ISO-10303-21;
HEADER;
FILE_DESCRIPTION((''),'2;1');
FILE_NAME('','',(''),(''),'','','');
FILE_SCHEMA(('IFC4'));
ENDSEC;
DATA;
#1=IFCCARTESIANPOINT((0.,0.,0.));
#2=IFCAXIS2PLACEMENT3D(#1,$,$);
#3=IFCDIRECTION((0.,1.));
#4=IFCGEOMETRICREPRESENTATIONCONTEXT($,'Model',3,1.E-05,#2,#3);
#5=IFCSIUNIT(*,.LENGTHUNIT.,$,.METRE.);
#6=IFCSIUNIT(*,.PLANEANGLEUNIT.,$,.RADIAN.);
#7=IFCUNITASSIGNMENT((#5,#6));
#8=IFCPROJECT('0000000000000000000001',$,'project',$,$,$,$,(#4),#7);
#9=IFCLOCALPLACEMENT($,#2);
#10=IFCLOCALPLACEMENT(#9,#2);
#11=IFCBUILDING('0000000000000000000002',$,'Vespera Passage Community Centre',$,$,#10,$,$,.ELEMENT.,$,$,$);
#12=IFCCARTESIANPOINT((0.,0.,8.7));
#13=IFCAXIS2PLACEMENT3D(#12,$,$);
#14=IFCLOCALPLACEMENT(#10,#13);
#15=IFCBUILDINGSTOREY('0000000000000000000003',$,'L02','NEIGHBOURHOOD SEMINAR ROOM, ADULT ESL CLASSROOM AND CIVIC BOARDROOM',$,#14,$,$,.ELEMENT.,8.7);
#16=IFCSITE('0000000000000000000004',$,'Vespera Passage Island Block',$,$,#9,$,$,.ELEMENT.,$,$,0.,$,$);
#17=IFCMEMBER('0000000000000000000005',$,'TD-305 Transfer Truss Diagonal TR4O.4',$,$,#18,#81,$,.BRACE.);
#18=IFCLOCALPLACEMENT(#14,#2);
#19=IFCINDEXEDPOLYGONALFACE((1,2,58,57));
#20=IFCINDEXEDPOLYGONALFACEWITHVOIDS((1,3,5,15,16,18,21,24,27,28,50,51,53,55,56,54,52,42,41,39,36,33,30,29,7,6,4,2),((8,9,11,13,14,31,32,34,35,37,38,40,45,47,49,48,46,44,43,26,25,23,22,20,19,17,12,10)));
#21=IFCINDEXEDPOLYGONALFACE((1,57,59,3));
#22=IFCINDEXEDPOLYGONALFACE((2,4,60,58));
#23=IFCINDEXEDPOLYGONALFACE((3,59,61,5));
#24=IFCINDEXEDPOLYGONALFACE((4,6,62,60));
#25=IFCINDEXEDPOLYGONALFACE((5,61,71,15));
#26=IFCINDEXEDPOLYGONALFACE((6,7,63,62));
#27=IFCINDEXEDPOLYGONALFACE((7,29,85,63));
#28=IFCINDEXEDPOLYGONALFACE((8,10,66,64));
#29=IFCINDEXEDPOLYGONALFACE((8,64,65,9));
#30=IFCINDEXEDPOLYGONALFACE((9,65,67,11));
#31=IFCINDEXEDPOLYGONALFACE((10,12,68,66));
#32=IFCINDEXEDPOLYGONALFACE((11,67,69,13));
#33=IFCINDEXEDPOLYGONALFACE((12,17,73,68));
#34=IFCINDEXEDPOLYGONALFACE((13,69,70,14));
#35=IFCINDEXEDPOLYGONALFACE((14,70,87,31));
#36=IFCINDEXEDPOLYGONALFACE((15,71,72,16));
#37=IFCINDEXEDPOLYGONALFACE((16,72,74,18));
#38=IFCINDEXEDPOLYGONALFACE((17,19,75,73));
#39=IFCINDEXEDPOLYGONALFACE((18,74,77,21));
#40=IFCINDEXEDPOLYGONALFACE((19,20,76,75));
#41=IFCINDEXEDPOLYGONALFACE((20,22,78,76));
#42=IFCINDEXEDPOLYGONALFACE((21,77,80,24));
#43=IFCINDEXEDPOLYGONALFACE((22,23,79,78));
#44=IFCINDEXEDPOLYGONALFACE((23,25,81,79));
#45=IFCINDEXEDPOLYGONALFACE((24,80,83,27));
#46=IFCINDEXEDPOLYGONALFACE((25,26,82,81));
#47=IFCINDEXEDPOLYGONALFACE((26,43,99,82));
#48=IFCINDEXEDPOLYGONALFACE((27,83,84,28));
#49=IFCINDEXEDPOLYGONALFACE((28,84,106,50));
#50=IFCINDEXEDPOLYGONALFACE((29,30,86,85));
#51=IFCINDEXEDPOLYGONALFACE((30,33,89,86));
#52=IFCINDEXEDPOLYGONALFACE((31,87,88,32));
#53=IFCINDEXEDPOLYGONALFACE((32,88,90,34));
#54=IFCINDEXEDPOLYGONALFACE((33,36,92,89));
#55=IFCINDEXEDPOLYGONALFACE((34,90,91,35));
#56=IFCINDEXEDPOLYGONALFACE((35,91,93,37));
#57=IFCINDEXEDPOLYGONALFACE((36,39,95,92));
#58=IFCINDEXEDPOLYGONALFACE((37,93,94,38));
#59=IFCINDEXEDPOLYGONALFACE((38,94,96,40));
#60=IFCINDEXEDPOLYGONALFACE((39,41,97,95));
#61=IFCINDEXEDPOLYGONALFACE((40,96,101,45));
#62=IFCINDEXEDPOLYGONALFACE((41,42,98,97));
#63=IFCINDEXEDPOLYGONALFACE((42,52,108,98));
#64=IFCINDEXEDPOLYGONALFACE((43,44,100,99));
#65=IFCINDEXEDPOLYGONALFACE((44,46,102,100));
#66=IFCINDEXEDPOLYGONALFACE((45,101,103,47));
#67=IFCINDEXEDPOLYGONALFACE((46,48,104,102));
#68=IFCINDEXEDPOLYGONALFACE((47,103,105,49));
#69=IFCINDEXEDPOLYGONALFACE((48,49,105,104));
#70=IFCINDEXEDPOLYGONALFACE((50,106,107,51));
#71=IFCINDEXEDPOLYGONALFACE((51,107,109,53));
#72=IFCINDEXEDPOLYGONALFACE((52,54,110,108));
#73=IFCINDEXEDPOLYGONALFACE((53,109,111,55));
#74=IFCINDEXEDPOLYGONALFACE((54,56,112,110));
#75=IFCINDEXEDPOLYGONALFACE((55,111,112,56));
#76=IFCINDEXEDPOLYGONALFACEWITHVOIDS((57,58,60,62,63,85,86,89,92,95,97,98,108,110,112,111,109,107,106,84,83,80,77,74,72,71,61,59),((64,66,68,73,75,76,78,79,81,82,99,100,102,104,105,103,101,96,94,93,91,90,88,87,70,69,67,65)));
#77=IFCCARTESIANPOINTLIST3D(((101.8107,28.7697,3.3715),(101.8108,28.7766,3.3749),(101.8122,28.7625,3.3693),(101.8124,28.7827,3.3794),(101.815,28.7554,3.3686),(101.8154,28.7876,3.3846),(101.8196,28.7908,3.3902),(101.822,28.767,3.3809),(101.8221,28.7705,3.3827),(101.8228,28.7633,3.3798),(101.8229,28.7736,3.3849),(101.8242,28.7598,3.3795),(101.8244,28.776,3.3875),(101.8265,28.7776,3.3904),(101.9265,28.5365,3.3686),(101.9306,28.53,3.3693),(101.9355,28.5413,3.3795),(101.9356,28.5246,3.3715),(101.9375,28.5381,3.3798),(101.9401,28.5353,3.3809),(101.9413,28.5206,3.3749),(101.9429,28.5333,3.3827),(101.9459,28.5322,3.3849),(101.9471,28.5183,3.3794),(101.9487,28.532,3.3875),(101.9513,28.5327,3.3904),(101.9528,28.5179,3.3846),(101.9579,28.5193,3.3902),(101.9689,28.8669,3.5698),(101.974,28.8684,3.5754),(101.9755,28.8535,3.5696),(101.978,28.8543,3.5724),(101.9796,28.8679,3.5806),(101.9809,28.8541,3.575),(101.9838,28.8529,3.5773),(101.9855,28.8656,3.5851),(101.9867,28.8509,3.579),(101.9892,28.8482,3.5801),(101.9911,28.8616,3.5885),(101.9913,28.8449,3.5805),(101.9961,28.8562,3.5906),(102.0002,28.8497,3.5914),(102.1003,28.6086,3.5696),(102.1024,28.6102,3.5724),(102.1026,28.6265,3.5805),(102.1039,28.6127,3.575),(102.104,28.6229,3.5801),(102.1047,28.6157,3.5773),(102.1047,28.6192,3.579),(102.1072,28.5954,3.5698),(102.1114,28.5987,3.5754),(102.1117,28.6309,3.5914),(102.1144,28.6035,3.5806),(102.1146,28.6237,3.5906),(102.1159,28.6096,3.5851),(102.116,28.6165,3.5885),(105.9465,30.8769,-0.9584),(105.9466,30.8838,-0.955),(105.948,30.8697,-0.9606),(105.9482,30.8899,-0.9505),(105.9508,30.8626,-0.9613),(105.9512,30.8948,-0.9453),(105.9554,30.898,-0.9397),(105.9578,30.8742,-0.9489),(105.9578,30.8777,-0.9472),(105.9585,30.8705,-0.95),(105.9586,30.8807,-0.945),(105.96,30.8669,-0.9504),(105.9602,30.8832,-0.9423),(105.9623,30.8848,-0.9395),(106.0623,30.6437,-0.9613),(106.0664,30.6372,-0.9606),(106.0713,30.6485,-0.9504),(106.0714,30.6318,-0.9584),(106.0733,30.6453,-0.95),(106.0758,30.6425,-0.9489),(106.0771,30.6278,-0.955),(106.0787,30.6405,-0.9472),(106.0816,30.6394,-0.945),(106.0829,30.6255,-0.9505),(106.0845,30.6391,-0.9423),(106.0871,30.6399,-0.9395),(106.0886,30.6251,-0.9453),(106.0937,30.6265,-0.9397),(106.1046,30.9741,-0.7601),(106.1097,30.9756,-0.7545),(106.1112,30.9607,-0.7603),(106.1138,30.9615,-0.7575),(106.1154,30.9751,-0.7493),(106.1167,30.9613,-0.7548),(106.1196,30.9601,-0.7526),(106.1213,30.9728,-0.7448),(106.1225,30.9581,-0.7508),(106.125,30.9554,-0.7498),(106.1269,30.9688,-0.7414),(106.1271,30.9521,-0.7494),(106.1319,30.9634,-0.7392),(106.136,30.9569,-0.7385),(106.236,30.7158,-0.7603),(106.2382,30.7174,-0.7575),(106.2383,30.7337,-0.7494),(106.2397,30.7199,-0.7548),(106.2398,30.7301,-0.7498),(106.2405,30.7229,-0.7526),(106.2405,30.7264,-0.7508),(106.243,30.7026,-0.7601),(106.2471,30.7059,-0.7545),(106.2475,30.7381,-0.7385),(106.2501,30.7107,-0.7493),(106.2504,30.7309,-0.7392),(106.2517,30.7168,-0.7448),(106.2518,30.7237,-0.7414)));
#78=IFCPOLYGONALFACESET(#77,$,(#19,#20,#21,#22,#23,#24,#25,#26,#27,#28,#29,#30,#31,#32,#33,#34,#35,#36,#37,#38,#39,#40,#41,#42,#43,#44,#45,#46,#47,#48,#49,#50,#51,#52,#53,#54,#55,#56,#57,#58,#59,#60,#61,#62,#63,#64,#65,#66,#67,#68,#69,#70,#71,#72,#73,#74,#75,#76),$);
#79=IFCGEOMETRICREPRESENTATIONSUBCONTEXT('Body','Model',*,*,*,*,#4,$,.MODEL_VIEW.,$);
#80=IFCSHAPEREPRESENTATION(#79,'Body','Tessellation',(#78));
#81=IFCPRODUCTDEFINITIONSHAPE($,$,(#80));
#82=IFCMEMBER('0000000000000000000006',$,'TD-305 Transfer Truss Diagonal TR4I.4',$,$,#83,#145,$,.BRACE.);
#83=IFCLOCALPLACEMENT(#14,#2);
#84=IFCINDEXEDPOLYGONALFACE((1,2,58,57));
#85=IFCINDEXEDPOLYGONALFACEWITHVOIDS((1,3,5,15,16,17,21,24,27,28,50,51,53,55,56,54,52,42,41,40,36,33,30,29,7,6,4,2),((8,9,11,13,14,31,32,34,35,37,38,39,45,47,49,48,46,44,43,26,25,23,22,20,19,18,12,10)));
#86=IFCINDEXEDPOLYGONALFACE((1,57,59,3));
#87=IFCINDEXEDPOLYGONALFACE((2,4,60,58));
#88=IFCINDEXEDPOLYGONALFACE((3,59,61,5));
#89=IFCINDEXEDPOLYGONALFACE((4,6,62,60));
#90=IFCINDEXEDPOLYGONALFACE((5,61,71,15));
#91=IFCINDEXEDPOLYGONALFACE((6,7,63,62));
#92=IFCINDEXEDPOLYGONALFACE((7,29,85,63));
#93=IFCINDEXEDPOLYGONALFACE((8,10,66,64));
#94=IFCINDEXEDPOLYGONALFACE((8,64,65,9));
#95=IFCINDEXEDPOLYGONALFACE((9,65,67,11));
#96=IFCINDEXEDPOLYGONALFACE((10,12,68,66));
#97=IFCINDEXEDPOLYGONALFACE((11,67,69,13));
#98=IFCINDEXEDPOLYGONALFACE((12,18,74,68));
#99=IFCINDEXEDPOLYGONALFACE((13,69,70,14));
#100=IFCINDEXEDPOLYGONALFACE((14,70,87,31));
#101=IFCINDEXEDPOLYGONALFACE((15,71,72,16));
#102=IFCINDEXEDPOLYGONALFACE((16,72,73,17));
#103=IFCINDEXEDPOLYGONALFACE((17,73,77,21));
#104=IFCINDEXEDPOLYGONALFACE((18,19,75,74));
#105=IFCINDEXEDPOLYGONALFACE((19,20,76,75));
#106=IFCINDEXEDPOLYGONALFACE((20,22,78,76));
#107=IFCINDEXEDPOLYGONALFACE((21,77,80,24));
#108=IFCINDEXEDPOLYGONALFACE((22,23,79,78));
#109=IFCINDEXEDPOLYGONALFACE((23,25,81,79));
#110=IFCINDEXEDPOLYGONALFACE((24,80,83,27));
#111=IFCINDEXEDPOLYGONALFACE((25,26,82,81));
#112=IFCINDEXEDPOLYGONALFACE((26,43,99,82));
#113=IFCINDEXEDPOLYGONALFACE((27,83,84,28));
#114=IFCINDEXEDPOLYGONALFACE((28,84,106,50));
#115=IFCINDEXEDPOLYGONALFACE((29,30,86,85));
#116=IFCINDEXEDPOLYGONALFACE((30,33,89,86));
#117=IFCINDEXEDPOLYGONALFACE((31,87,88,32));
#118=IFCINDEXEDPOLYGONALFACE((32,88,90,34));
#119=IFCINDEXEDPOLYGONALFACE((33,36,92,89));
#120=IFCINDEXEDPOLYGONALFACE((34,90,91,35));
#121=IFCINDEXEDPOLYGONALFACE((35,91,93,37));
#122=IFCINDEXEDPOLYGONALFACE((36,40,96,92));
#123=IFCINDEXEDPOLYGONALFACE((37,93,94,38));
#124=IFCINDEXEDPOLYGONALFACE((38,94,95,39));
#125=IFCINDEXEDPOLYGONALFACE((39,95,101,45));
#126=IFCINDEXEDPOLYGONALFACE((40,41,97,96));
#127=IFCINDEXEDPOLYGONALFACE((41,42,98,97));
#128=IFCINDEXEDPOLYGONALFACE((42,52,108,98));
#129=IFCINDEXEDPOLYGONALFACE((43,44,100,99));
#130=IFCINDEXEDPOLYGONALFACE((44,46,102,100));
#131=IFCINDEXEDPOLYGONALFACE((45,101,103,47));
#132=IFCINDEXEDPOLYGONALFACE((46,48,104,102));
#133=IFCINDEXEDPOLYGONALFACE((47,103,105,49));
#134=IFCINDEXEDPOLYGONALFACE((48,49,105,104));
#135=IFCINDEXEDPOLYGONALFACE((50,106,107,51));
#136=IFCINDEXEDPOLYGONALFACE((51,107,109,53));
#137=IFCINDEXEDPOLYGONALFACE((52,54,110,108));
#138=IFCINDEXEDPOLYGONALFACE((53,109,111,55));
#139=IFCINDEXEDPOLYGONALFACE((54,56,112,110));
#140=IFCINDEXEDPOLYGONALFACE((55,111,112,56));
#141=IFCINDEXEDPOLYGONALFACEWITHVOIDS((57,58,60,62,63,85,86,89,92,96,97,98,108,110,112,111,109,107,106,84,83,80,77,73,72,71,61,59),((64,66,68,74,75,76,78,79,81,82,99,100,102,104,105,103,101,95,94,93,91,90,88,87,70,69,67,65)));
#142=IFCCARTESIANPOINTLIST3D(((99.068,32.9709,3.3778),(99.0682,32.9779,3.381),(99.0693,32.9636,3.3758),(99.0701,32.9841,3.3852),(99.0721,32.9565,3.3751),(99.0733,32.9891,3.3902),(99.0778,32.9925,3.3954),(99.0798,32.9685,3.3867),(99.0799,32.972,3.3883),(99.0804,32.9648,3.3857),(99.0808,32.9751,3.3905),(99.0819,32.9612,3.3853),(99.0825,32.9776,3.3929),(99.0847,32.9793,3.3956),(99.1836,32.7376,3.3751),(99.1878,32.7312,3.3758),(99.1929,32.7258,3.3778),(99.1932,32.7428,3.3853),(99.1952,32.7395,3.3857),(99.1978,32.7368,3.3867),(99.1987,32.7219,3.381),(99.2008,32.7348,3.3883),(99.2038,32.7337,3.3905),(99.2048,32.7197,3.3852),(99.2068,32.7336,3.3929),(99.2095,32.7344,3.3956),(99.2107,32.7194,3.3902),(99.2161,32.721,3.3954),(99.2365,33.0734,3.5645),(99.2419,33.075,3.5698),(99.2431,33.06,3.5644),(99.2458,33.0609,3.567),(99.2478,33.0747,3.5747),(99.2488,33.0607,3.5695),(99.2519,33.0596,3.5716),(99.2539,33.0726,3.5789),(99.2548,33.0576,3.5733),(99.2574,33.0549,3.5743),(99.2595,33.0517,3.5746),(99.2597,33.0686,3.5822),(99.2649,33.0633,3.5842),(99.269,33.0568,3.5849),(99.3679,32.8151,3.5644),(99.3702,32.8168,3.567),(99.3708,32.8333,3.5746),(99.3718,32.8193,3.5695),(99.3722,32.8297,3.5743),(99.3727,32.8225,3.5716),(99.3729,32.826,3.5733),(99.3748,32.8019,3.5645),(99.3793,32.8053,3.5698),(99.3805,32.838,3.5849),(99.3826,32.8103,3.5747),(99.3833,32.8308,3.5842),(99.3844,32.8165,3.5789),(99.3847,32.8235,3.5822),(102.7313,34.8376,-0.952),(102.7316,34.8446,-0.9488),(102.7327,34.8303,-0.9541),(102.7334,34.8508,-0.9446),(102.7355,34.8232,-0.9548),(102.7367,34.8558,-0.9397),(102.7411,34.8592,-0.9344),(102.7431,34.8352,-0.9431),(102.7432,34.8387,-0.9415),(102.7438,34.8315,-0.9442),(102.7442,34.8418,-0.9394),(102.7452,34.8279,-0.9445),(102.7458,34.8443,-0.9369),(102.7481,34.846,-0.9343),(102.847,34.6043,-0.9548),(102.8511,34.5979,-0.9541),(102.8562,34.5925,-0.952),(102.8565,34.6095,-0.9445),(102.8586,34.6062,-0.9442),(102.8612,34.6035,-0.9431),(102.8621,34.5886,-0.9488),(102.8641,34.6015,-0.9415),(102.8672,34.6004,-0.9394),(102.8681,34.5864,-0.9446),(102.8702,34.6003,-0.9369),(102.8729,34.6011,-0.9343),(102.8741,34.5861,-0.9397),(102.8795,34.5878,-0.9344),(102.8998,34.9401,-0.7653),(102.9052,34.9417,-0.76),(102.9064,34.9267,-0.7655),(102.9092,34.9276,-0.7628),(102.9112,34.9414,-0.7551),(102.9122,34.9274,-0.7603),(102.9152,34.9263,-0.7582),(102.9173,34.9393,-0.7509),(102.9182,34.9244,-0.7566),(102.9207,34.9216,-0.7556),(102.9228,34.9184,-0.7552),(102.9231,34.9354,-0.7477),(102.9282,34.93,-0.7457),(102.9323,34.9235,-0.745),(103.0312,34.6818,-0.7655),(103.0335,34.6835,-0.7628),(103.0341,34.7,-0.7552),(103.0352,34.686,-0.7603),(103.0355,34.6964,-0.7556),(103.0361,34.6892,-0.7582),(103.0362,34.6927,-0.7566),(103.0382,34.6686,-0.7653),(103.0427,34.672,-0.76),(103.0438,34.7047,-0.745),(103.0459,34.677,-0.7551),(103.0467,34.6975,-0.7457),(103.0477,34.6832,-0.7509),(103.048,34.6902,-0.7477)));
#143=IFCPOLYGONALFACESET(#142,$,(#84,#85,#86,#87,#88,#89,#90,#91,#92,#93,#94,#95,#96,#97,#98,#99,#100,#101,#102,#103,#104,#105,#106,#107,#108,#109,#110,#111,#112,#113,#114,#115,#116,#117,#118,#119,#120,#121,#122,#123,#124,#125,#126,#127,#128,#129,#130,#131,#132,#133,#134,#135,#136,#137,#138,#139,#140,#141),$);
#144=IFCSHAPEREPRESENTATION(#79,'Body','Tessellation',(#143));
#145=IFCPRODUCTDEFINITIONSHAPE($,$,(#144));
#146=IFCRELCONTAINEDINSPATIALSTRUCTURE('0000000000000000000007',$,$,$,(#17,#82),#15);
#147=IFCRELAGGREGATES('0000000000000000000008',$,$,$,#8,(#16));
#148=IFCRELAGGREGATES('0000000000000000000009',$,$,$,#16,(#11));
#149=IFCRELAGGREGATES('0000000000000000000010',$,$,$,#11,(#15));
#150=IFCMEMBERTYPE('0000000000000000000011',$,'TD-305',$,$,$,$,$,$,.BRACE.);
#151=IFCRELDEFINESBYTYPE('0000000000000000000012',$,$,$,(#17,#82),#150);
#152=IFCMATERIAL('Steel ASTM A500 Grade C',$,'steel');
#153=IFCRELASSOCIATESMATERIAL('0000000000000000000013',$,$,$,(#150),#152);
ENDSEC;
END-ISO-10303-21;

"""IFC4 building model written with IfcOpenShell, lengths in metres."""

from ifc_helpers import new_model, si_unit, direction, frame, origin, origin_2d, place, context, subcontext, project, spatial, hollow_rectangle, extrude, material, material_profile, profile_set, type_object, element, save


model = new_model("IFC4")

# Units and contexts
model_context = context("Model", 3, precision=1e-05, world=origin(), true_north=direction((0.0, 1.0)))
body_context = subcontext(model_context, "Body", "Model", "MODEL_VIEW")
ifc_project = project(units=[si_unit("LENGTHUNIT", "METRE"), si_unit("PLANEANGLEUNIT", "RADIAN")], contexts=[model_context])

# Site, building, storey
site_placement = place(None, origin())
site = spatial("IfcSite", under=ifc_project, at=site_placement, Name="Vespera Passage Island Block", CompositionType="ELEMENT", RefElevation=0.0)
building_placement = place(site_placement, origin())
building = spatial("IfcBuilding", under=site, at=building_placement, Name="Vespera Passage Community Centre", CompositionType="ELEMENT")
storey_placement = place(building_placement, frame((0.0, 0.0, 8.7)))
storey = spatial("IfcBuildingStorey", under=building, at=storey_placement, Name="L02", Description="NEIGHBOURHOOD SEMINAR ROOM, ADULT ESL CLASSROOM AND CIVIC BOARDROOM", CompositionType="ELEMENT", Elevation=8.7)

# Members
ifc_material_1 = material(Name="Steel ASTM A500 Grade C", Category="steel")
ifc_material_profile_1 = material_profile(ifc_material_1, hollow_rectangle(XDim=0.3047, YDim=0.3047, WallThickness=0.0149, InnerFilletRadius=0.0149, OuterFilletRadius=0.0295, at=origin_2d()), Name="HSS305X305X15.9")
ifc_profile_set_1 = profile_set([ifc_material_profile_1], Name="Steel ASTM A500 Grade C")
member_type_1 = type_object("IfcMemberType", Name="TD-305", PredefinedType="BRACE", material=ifc_profile_set_1)
member_1_placement = place(storey_placement, frame((101.9634, 28.6931, 3.48), z_axis=(0.651544, 0.331964, -0.682121), x_axis=(-0.453975, 0.891014, 0.0)))
element("IfcMember", 1, at=member_1_placement, inside=storey, type_object=member_type_1, Name="TD-305 Transfer Truss Diagonal TR4O.4", PredefinedType="BRACE", context=body_context, shape_type="SweptSolid", body=[
    extrude(hollow_rectangle(XDim=0.3047, YDim=0.3047, WallThickness=0.0149, InnerFilletRadius=0.0149, OuterFilletRadius=0.0295, at=origin_2d()), origin(), (0.0, 0.0, 1.0), 6.3477),
])
member_2_placement = place(storey_placement, frame((99.2263, 32.8972, 3.48), z_axis=(0.613527, 0.312631, -0.725152), x_axis=(-0.454017, 0.890993, 0.0)))
element("IfcMember", 2, at=member_2_placement, inside=storey, type_object=member_type_1, Name="TD-305 Transfer Truss Diagonal TR4I.4", PredefinedType="BRACE", context=body_context, shape_type="SweptSolid", body=[
    extrude(hollow_rectangle(XDim=0.3047, YDim=0.3047, WallThickness=0.0149, InnerFilletRadius=0.0149, OuterFilletRadius=0.0295, at=origin_2d()), origin(), (0.0, 0.0, 1.0), 5.9709),
])

save(model, "model.ifc")
